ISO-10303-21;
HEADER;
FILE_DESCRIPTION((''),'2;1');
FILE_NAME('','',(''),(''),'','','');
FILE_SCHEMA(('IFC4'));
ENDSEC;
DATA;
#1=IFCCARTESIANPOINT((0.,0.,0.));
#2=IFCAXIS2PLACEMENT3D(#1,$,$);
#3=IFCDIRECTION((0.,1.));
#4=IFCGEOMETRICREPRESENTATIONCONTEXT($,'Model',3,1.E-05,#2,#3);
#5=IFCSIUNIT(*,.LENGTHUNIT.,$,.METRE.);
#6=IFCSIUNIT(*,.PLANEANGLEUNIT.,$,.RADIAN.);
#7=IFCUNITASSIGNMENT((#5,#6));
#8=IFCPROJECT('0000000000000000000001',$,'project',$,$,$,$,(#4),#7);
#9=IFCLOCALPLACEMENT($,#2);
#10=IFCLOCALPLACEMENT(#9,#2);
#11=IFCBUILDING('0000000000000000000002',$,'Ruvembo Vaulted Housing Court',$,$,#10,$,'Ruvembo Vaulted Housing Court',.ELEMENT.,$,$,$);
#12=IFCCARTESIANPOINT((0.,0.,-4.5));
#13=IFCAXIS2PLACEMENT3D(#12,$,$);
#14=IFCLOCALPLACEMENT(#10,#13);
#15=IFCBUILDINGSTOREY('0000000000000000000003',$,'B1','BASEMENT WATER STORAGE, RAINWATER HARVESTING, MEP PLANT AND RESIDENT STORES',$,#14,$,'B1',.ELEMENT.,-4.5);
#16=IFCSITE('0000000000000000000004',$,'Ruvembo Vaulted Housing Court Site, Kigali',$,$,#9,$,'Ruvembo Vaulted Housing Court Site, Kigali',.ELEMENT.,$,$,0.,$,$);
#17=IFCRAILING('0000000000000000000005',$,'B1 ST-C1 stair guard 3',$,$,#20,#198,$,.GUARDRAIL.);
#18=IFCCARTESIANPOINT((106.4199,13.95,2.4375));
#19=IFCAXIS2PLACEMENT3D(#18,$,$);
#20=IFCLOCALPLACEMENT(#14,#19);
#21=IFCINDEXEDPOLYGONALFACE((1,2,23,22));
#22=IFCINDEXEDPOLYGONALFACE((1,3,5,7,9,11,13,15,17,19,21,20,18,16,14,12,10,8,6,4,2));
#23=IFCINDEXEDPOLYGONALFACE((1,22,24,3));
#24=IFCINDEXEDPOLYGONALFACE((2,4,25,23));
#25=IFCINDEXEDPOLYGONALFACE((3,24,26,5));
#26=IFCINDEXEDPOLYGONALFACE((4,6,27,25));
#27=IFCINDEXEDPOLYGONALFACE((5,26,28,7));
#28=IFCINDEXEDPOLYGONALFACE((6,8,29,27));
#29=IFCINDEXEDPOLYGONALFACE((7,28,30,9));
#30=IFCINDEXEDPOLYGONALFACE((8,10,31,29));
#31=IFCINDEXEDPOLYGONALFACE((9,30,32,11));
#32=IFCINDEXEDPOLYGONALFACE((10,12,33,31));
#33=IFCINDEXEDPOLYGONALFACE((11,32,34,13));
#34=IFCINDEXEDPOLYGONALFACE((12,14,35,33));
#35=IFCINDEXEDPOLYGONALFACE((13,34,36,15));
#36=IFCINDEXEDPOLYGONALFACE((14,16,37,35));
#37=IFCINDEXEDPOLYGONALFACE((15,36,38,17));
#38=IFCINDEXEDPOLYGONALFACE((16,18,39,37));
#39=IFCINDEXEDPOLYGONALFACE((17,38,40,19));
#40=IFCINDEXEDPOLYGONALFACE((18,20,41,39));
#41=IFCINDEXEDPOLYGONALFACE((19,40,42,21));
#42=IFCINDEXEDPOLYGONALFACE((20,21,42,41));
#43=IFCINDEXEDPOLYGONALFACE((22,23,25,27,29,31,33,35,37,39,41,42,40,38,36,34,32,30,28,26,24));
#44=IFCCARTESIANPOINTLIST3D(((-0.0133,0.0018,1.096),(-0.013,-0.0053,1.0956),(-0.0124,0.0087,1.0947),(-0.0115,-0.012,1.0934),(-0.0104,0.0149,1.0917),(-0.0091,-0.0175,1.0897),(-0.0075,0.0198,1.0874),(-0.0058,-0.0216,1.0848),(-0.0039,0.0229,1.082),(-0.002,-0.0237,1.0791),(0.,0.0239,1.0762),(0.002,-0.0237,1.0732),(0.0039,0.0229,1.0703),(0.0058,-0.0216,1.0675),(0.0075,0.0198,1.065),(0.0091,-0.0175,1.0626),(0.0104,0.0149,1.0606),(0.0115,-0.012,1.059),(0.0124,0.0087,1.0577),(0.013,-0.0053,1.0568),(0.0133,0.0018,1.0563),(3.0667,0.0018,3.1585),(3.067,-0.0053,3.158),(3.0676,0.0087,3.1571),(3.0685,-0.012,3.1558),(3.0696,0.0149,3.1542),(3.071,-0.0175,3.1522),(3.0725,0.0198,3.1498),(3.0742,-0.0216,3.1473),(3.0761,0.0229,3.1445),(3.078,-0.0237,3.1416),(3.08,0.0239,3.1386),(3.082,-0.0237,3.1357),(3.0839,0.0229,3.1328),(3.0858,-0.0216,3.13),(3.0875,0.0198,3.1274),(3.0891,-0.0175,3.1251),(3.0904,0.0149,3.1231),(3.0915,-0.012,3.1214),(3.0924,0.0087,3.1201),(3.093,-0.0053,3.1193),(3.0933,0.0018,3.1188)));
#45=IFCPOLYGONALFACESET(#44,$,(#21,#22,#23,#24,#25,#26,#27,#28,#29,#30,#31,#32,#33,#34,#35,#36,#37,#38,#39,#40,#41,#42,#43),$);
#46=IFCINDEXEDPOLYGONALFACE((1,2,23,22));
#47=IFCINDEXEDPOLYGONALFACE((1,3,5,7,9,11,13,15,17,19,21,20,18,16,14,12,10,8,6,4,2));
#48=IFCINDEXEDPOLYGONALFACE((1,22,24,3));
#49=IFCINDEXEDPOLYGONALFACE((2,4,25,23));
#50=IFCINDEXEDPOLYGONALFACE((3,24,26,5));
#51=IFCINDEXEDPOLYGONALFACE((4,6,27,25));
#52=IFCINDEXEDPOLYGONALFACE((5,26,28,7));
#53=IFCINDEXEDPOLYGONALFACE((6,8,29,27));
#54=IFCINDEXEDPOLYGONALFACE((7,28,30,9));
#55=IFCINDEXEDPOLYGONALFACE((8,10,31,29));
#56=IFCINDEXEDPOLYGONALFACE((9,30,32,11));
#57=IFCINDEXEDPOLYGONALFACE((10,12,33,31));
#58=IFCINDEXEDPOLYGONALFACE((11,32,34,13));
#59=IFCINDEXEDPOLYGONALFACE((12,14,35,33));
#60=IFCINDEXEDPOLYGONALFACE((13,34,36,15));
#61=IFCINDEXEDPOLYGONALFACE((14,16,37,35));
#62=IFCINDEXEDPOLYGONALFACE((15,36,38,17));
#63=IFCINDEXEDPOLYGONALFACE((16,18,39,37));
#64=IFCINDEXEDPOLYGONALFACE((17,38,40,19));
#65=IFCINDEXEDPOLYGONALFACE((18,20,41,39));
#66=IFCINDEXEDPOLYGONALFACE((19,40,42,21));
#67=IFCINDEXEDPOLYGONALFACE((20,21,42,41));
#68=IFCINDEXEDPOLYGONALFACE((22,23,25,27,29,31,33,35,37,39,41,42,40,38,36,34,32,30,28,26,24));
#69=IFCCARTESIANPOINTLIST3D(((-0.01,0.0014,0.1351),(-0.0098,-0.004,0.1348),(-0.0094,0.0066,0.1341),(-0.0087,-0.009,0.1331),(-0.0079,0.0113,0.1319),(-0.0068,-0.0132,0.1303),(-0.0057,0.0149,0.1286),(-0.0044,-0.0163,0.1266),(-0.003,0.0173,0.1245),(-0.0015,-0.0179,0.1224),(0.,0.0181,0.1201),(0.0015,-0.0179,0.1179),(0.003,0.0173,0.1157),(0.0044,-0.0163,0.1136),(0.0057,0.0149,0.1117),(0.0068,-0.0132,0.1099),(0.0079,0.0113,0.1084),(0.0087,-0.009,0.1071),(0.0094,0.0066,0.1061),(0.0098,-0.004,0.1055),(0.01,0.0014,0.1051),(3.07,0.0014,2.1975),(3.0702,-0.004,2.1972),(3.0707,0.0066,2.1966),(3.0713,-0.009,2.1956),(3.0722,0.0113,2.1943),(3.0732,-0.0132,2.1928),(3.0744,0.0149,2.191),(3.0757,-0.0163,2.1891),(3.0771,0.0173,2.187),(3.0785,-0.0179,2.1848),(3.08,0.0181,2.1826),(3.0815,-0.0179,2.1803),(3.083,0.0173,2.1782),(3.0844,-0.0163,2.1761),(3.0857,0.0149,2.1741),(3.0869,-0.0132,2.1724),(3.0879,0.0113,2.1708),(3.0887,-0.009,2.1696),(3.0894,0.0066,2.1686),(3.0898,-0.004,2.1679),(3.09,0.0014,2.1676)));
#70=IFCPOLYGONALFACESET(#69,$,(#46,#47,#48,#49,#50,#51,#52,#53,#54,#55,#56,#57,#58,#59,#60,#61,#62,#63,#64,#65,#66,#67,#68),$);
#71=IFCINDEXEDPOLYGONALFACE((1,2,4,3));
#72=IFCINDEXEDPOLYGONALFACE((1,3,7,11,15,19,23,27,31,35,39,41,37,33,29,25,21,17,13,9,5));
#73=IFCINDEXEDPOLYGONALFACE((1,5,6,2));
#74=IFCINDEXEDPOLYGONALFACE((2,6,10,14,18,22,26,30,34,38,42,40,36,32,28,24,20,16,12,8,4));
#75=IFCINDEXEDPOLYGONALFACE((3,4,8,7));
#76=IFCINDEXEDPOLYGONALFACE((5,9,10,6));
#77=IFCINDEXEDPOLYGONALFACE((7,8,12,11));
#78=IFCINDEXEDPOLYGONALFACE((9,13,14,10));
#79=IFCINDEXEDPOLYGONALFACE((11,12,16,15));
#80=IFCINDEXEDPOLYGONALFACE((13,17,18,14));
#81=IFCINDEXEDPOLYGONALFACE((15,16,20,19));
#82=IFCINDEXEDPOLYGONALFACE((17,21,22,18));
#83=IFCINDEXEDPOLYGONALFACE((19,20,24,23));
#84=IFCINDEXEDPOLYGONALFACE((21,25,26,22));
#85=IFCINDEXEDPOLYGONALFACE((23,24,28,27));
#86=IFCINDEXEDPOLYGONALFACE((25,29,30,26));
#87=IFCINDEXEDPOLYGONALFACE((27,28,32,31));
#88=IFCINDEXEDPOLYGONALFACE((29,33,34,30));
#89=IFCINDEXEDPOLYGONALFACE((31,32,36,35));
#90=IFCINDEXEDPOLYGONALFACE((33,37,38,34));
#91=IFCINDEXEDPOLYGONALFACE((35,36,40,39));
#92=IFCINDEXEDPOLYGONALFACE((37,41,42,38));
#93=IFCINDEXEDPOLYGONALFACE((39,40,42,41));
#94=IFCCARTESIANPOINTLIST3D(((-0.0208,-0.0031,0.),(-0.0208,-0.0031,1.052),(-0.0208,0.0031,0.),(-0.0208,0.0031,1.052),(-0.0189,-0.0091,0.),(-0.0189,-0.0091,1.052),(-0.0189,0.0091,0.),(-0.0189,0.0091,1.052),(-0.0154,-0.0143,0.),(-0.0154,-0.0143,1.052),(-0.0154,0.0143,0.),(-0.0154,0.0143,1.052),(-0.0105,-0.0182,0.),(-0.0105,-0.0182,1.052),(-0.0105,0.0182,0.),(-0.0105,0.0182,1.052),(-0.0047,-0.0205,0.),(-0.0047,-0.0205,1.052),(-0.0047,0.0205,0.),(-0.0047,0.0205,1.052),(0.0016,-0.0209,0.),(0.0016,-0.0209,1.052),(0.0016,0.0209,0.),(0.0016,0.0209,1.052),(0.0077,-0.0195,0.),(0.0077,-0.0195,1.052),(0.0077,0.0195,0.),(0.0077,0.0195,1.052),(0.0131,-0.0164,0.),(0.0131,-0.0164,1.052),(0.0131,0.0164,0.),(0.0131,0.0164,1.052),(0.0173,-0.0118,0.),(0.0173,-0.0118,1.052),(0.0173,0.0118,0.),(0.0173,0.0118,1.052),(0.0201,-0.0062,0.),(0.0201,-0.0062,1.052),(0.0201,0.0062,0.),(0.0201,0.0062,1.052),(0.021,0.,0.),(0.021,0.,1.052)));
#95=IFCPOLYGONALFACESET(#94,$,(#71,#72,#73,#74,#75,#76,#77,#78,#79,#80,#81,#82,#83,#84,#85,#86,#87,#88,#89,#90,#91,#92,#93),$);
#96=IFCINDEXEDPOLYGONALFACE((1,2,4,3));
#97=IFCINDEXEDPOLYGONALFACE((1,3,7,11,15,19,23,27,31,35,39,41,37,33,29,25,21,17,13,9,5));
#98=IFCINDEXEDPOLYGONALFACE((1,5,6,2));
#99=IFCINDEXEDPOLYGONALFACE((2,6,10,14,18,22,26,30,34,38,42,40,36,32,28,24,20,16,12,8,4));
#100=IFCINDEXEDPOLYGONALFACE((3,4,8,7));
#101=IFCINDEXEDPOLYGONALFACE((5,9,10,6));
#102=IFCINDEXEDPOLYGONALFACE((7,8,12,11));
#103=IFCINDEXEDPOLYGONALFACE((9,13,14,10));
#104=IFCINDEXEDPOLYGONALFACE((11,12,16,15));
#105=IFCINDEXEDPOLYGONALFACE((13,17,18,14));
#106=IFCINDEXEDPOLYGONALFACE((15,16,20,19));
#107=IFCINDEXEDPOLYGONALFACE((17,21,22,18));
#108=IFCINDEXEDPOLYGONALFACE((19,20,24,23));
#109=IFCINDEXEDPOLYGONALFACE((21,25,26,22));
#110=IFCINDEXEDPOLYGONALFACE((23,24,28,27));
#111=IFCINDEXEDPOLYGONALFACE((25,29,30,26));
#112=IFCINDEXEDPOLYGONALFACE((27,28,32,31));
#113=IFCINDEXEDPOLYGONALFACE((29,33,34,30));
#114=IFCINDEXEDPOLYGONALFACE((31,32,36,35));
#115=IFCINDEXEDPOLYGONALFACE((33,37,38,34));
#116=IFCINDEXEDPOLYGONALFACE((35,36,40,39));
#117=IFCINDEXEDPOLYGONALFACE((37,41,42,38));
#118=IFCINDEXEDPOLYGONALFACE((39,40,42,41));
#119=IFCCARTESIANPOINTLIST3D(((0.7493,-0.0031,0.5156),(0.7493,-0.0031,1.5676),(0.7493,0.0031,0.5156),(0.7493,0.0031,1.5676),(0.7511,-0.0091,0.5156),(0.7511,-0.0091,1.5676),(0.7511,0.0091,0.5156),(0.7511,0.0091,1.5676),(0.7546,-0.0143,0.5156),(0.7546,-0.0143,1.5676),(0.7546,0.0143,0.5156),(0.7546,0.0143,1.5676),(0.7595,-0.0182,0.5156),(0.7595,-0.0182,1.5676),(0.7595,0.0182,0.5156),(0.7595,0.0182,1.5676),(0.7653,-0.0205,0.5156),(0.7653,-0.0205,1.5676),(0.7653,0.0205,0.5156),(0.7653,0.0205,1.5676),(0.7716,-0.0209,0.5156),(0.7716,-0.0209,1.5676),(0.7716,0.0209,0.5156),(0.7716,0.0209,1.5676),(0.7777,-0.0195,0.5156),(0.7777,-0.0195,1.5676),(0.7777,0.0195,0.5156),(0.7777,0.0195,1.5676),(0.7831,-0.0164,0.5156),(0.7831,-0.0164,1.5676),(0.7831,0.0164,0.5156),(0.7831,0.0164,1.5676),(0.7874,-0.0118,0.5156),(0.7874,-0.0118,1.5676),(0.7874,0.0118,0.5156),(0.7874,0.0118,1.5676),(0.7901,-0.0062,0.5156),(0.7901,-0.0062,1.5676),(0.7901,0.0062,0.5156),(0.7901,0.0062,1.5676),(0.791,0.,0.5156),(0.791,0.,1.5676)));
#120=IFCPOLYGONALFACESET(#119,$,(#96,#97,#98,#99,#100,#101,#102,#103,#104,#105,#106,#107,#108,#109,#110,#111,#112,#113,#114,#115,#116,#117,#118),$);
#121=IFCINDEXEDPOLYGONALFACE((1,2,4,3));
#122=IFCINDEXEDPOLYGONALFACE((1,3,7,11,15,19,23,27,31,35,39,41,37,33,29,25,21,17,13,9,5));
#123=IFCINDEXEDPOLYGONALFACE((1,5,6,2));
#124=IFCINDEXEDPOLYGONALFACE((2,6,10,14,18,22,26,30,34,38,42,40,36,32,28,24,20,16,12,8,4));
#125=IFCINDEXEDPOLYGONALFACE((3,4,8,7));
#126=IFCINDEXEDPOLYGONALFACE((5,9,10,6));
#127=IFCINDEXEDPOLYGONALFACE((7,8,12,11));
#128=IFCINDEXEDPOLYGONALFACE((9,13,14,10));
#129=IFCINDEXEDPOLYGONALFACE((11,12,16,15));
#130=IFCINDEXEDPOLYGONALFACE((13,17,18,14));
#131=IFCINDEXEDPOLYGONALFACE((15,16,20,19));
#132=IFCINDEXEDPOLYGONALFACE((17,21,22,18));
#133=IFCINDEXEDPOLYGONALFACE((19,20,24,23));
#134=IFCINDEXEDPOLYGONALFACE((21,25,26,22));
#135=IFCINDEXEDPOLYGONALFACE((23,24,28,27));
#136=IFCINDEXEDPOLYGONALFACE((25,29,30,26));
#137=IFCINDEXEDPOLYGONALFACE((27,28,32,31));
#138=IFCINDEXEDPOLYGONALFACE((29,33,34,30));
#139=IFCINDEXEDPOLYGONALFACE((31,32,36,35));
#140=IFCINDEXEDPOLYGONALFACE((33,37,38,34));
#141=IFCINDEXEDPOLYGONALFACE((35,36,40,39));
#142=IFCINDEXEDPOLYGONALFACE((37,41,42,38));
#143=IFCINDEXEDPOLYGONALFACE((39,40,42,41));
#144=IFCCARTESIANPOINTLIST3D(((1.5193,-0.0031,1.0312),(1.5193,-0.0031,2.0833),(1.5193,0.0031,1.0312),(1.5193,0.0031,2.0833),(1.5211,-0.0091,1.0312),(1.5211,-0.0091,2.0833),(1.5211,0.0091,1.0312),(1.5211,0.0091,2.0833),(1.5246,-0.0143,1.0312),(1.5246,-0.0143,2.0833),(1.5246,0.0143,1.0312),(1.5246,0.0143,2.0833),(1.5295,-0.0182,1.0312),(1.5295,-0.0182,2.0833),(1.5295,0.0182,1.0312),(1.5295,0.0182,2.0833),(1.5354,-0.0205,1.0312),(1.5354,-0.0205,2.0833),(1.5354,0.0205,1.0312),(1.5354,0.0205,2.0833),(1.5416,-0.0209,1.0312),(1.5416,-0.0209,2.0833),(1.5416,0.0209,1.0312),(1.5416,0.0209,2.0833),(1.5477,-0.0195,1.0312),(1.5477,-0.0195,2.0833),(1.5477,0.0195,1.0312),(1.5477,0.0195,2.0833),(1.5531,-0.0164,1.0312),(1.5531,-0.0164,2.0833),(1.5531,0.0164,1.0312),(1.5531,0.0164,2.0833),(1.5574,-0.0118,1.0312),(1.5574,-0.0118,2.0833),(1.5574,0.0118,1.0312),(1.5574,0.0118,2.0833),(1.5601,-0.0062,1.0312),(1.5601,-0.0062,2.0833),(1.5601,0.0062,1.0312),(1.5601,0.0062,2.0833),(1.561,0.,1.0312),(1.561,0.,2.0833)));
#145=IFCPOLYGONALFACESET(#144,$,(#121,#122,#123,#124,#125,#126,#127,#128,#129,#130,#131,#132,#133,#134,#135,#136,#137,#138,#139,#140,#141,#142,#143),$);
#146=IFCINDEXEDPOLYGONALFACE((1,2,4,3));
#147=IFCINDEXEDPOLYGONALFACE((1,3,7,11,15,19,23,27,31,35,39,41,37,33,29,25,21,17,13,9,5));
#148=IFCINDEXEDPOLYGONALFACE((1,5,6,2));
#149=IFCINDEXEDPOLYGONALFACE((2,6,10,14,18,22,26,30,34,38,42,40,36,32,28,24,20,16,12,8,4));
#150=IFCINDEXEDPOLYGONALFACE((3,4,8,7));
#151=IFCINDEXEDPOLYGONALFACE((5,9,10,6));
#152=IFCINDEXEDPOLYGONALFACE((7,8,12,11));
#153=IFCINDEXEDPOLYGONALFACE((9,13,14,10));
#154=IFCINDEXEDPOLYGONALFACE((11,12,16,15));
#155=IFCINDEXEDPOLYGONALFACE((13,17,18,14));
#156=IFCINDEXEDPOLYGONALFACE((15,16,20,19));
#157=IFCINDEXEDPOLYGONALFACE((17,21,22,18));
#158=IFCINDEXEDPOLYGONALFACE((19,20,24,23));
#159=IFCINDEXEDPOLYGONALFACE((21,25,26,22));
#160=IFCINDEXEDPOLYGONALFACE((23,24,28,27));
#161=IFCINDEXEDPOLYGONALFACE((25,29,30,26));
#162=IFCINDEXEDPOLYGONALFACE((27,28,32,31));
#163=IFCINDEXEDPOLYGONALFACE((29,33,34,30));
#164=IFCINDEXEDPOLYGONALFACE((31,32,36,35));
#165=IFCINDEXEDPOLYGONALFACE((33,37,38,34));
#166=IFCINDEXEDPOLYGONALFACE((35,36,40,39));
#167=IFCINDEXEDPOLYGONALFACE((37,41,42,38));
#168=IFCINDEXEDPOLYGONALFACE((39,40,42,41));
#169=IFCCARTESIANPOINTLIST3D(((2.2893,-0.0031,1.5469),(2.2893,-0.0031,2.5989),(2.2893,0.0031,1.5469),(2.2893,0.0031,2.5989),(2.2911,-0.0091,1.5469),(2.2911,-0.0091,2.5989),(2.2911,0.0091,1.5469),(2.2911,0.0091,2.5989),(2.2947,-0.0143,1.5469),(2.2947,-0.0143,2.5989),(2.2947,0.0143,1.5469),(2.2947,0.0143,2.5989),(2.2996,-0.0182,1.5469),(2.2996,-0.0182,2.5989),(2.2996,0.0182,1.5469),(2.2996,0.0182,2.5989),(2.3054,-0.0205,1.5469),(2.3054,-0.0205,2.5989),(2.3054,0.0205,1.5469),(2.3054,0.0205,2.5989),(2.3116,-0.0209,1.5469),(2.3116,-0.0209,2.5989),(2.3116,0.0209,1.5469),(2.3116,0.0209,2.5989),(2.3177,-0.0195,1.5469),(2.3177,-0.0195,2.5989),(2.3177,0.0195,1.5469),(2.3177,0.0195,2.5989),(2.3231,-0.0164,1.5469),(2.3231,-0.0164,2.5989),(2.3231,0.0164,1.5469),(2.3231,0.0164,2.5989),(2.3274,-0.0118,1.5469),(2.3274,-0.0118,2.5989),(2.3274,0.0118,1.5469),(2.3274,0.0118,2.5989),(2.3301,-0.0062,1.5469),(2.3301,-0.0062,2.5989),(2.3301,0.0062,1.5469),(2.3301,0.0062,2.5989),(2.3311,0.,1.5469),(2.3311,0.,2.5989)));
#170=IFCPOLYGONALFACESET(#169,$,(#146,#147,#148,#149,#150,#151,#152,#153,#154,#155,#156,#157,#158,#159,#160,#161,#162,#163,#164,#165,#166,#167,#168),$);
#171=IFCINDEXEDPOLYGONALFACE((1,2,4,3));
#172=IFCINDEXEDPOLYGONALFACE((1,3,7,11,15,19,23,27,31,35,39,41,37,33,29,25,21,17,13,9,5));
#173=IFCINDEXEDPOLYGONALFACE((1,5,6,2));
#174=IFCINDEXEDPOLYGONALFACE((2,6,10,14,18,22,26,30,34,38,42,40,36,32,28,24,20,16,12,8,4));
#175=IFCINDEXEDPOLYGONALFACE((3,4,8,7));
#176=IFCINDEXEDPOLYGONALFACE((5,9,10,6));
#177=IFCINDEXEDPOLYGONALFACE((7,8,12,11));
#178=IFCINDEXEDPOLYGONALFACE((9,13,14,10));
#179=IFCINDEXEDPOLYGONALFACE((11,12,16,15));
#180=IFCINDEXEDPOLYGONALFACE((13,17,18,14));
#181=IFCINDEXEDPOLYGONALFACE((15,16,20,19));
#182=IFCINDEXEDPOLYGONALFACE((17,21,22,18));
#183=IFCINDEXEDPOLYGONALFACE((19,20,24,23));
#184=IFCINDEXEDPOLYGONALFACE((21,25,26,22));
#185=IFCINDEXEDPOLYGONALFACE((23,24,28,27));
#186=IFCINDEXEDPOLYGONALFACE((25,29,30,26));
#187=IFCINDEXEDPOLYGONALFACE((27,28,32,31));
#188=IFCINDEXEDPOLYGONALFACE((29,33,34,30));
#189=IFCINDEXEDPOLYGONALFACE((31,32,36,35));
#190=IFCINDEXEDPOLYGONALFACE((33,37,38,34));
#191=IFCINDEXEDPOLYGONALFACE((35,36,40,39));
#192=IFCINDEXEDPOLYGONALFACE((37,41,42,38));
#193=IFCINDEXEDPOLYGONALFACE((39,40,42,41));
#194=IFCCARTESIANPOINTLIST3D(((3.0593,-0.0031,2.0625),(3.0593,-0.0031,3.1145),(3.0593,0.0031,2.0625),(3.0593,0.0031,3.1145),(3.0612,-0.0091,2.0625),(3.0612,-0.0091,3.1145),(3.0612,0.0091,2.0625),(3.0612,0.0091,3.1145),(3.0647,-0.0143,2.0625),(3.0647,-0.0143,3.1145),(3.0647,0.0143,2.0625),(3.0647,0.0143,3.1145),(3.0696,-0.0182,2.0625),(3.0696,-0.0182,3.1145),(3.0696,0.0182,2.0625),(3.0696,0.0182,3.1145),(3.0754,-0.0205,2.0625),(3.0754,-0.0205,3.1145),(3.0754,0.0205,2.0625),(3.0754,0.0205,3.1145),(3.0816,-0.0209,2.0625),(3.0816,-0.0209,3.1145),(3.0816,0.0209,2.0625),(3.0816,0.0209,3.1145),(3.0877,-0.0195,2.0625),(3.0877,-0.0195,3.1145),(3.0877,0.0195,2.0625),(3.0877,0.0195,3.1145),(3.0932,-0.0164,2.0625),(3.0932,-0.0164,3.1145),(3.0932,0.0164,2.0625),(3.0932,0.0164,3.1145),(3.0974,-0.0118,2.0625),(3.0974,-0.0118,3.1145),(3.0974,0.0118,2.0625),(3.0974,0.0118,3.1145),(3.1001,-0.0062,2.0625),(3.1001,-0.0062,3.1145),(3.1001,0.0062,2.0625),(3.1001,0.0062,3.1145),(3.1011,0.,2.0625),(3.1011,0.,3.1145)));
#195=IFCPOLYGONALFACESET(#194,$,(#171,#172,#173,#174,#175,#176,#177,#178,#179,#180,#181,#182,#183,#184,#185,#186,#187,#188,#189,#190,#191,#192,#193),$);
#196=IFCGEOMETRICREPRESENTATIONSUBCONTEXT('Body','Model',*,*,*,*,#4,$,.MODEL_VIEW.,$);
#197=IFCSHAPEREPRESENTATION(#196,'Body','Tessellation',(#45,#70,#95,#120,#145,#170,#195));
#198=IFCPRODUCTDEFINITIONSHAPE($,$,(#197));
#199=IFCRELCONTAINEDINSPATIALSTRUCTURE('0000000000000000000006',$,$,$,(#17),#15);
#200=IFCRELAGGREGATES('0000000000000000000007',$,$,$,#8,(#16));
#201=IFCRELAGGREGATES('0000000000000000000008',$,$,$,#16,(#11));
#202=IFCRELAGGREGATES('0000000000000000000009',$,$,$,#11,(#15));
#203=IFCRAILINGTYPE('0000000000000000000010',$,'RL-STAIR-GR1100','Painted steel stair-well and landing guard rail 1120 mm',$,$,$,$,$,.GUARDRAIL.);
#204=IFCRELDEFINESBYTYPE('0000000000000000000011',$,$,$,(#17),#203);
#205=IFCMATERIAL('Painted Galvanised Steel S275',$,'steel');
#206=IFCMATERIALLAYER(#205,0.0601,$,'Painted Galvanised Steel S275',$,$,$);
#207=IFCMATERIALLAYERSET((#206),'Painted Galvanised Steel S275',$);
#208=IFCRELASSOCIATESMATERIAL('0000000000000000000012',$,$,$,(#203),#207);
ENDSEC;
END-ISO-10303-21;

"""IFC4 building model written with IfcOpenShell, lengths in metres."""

from ifc_helpers import new_model, si_unit, direction, frame, origin, origin_2d, place, context, subcontext, project, spatial, circle, extrude, material, layer, layer_set, type_object, element, save


model = new_model("IFC4")

# Units and contexts
model_context = context("Model", 3, precision=1e-05, world=origin(), true_north=direction((0.0, 1.0)))
body_context = subcontext(model_context, "Body", "Model", "MODEL_VIEW")
ifc_project = project(units=[si_unit("LENGTHUNIT", "METRE"), si_unit("PLANEANGLEUNIT", "RADIAN")], contexts=[model_context])

# Site, building, storey
site_placement = place(None, origin())
site = spatial("IfcSite", under=ifc_project, at=site_placement, Name="Ruvembo Vaulted Housing Court Site, Kigali", LongName="Ruvembo Vaulted Housing Court Site, Kigali", CompositionType="ELEMENT", RefElevation=0.0)
building_placement = place(site_placement, origin())
building = spatial("IfcBuilding", under=site, at=building_placement, Name="Ruvembo Vaulted Housing Court", LongName="Ruvembo Vaulted Housing Court", CompositionType="ELEMENT")
storey_placement = place(building_placement, frame((0.0, 0.0, -4.5)))
storey = spatial("IfcBuildingStorey", under=building, at=storey_placement, Name="B1", Description="BASEMENT WATER STORAGE, RAINWATER HARVESTING, MEP PLANT AND RESIDENT STORES", LongName="B1", CompositionType="ELEMENT", Elevation=-4.5)

# Railing
ifc_material_1 = material(Name="Painted Galvanised Steel S275", Category="steel")
ifc_layer_1 = layer(ifc_material_1, 0.0601, Name="Painted Galvanised Steel S275")
ifc_layer_set_1 = layer_set([ifc_layer_1], Name="Painted Galvanised Steel S275")
railing_type_1 = type_object("IfcRailingType", Name="RL-STAIR-GR1100", Description="Painted steel stair-well and landing guard rail 1120 mm", PredefinedType="GUARDRAIL", material=ifc_layer_set_1)
railing_1_placement = place(storey_placement, frame((106.4199, 13.95, 2.4375)))
element("IfcRailing", 1, at=railing_1_placement, inside=storey, type_object=railing_type_1, Name="B1 ST-C1 stair guard 3", PredefinedType="GUARDRAIL", context=body_context, shape_type="SweptSolid", body=[
    extrude(circle(Radius=0.0239, at=origin_2d()), frame((0.0, 0.0, 1.0762), z_axis=(0.830914, 0.0, 0.556401), x_axis=(0.0, 1.0, 0.0)), (0.0, 0.0, 1.0), 3.7068),
    extrude(circle(Radius=0.0181, at=origin_2d()), frame((0.0, 0.0, 0.1201), z_axis=(0.830914, 0.0, 0.556401), x_axis=(0.0, 1.0, 0.0)), (0.0, 0.0, 1.0), 3.7068),
    extrude(circle(Radius=0.021, at=origin_2d()), origin(), (0.0, 0.0, 1.0), 1.052),
    extrude(circle(Radius=0.021, at=origin_2d()), frame((0.77, 0.0, 0.5156)), (0.0, 0.0, 1.0), 1.052),
    extrude(circle(Radius=0.021, at=origin_2d()), frame((1.54, 0.0, 1.0312)), (0.0, 0.0, 1.0), 1.052),
    extrude(circle(Radius=0.021, at=origin_2d()), frame((2.3101, 0.0, 1.5469)), (0.0, 0.0, 1.0), 1.052),
    extrude(circle(Radius=0.021, at=origin_2d()), frame((3.0801, 0.0, 2.0625)), (0.0, 0.0, 1.0), 1.052),
])

save(model, "model.ifc")
